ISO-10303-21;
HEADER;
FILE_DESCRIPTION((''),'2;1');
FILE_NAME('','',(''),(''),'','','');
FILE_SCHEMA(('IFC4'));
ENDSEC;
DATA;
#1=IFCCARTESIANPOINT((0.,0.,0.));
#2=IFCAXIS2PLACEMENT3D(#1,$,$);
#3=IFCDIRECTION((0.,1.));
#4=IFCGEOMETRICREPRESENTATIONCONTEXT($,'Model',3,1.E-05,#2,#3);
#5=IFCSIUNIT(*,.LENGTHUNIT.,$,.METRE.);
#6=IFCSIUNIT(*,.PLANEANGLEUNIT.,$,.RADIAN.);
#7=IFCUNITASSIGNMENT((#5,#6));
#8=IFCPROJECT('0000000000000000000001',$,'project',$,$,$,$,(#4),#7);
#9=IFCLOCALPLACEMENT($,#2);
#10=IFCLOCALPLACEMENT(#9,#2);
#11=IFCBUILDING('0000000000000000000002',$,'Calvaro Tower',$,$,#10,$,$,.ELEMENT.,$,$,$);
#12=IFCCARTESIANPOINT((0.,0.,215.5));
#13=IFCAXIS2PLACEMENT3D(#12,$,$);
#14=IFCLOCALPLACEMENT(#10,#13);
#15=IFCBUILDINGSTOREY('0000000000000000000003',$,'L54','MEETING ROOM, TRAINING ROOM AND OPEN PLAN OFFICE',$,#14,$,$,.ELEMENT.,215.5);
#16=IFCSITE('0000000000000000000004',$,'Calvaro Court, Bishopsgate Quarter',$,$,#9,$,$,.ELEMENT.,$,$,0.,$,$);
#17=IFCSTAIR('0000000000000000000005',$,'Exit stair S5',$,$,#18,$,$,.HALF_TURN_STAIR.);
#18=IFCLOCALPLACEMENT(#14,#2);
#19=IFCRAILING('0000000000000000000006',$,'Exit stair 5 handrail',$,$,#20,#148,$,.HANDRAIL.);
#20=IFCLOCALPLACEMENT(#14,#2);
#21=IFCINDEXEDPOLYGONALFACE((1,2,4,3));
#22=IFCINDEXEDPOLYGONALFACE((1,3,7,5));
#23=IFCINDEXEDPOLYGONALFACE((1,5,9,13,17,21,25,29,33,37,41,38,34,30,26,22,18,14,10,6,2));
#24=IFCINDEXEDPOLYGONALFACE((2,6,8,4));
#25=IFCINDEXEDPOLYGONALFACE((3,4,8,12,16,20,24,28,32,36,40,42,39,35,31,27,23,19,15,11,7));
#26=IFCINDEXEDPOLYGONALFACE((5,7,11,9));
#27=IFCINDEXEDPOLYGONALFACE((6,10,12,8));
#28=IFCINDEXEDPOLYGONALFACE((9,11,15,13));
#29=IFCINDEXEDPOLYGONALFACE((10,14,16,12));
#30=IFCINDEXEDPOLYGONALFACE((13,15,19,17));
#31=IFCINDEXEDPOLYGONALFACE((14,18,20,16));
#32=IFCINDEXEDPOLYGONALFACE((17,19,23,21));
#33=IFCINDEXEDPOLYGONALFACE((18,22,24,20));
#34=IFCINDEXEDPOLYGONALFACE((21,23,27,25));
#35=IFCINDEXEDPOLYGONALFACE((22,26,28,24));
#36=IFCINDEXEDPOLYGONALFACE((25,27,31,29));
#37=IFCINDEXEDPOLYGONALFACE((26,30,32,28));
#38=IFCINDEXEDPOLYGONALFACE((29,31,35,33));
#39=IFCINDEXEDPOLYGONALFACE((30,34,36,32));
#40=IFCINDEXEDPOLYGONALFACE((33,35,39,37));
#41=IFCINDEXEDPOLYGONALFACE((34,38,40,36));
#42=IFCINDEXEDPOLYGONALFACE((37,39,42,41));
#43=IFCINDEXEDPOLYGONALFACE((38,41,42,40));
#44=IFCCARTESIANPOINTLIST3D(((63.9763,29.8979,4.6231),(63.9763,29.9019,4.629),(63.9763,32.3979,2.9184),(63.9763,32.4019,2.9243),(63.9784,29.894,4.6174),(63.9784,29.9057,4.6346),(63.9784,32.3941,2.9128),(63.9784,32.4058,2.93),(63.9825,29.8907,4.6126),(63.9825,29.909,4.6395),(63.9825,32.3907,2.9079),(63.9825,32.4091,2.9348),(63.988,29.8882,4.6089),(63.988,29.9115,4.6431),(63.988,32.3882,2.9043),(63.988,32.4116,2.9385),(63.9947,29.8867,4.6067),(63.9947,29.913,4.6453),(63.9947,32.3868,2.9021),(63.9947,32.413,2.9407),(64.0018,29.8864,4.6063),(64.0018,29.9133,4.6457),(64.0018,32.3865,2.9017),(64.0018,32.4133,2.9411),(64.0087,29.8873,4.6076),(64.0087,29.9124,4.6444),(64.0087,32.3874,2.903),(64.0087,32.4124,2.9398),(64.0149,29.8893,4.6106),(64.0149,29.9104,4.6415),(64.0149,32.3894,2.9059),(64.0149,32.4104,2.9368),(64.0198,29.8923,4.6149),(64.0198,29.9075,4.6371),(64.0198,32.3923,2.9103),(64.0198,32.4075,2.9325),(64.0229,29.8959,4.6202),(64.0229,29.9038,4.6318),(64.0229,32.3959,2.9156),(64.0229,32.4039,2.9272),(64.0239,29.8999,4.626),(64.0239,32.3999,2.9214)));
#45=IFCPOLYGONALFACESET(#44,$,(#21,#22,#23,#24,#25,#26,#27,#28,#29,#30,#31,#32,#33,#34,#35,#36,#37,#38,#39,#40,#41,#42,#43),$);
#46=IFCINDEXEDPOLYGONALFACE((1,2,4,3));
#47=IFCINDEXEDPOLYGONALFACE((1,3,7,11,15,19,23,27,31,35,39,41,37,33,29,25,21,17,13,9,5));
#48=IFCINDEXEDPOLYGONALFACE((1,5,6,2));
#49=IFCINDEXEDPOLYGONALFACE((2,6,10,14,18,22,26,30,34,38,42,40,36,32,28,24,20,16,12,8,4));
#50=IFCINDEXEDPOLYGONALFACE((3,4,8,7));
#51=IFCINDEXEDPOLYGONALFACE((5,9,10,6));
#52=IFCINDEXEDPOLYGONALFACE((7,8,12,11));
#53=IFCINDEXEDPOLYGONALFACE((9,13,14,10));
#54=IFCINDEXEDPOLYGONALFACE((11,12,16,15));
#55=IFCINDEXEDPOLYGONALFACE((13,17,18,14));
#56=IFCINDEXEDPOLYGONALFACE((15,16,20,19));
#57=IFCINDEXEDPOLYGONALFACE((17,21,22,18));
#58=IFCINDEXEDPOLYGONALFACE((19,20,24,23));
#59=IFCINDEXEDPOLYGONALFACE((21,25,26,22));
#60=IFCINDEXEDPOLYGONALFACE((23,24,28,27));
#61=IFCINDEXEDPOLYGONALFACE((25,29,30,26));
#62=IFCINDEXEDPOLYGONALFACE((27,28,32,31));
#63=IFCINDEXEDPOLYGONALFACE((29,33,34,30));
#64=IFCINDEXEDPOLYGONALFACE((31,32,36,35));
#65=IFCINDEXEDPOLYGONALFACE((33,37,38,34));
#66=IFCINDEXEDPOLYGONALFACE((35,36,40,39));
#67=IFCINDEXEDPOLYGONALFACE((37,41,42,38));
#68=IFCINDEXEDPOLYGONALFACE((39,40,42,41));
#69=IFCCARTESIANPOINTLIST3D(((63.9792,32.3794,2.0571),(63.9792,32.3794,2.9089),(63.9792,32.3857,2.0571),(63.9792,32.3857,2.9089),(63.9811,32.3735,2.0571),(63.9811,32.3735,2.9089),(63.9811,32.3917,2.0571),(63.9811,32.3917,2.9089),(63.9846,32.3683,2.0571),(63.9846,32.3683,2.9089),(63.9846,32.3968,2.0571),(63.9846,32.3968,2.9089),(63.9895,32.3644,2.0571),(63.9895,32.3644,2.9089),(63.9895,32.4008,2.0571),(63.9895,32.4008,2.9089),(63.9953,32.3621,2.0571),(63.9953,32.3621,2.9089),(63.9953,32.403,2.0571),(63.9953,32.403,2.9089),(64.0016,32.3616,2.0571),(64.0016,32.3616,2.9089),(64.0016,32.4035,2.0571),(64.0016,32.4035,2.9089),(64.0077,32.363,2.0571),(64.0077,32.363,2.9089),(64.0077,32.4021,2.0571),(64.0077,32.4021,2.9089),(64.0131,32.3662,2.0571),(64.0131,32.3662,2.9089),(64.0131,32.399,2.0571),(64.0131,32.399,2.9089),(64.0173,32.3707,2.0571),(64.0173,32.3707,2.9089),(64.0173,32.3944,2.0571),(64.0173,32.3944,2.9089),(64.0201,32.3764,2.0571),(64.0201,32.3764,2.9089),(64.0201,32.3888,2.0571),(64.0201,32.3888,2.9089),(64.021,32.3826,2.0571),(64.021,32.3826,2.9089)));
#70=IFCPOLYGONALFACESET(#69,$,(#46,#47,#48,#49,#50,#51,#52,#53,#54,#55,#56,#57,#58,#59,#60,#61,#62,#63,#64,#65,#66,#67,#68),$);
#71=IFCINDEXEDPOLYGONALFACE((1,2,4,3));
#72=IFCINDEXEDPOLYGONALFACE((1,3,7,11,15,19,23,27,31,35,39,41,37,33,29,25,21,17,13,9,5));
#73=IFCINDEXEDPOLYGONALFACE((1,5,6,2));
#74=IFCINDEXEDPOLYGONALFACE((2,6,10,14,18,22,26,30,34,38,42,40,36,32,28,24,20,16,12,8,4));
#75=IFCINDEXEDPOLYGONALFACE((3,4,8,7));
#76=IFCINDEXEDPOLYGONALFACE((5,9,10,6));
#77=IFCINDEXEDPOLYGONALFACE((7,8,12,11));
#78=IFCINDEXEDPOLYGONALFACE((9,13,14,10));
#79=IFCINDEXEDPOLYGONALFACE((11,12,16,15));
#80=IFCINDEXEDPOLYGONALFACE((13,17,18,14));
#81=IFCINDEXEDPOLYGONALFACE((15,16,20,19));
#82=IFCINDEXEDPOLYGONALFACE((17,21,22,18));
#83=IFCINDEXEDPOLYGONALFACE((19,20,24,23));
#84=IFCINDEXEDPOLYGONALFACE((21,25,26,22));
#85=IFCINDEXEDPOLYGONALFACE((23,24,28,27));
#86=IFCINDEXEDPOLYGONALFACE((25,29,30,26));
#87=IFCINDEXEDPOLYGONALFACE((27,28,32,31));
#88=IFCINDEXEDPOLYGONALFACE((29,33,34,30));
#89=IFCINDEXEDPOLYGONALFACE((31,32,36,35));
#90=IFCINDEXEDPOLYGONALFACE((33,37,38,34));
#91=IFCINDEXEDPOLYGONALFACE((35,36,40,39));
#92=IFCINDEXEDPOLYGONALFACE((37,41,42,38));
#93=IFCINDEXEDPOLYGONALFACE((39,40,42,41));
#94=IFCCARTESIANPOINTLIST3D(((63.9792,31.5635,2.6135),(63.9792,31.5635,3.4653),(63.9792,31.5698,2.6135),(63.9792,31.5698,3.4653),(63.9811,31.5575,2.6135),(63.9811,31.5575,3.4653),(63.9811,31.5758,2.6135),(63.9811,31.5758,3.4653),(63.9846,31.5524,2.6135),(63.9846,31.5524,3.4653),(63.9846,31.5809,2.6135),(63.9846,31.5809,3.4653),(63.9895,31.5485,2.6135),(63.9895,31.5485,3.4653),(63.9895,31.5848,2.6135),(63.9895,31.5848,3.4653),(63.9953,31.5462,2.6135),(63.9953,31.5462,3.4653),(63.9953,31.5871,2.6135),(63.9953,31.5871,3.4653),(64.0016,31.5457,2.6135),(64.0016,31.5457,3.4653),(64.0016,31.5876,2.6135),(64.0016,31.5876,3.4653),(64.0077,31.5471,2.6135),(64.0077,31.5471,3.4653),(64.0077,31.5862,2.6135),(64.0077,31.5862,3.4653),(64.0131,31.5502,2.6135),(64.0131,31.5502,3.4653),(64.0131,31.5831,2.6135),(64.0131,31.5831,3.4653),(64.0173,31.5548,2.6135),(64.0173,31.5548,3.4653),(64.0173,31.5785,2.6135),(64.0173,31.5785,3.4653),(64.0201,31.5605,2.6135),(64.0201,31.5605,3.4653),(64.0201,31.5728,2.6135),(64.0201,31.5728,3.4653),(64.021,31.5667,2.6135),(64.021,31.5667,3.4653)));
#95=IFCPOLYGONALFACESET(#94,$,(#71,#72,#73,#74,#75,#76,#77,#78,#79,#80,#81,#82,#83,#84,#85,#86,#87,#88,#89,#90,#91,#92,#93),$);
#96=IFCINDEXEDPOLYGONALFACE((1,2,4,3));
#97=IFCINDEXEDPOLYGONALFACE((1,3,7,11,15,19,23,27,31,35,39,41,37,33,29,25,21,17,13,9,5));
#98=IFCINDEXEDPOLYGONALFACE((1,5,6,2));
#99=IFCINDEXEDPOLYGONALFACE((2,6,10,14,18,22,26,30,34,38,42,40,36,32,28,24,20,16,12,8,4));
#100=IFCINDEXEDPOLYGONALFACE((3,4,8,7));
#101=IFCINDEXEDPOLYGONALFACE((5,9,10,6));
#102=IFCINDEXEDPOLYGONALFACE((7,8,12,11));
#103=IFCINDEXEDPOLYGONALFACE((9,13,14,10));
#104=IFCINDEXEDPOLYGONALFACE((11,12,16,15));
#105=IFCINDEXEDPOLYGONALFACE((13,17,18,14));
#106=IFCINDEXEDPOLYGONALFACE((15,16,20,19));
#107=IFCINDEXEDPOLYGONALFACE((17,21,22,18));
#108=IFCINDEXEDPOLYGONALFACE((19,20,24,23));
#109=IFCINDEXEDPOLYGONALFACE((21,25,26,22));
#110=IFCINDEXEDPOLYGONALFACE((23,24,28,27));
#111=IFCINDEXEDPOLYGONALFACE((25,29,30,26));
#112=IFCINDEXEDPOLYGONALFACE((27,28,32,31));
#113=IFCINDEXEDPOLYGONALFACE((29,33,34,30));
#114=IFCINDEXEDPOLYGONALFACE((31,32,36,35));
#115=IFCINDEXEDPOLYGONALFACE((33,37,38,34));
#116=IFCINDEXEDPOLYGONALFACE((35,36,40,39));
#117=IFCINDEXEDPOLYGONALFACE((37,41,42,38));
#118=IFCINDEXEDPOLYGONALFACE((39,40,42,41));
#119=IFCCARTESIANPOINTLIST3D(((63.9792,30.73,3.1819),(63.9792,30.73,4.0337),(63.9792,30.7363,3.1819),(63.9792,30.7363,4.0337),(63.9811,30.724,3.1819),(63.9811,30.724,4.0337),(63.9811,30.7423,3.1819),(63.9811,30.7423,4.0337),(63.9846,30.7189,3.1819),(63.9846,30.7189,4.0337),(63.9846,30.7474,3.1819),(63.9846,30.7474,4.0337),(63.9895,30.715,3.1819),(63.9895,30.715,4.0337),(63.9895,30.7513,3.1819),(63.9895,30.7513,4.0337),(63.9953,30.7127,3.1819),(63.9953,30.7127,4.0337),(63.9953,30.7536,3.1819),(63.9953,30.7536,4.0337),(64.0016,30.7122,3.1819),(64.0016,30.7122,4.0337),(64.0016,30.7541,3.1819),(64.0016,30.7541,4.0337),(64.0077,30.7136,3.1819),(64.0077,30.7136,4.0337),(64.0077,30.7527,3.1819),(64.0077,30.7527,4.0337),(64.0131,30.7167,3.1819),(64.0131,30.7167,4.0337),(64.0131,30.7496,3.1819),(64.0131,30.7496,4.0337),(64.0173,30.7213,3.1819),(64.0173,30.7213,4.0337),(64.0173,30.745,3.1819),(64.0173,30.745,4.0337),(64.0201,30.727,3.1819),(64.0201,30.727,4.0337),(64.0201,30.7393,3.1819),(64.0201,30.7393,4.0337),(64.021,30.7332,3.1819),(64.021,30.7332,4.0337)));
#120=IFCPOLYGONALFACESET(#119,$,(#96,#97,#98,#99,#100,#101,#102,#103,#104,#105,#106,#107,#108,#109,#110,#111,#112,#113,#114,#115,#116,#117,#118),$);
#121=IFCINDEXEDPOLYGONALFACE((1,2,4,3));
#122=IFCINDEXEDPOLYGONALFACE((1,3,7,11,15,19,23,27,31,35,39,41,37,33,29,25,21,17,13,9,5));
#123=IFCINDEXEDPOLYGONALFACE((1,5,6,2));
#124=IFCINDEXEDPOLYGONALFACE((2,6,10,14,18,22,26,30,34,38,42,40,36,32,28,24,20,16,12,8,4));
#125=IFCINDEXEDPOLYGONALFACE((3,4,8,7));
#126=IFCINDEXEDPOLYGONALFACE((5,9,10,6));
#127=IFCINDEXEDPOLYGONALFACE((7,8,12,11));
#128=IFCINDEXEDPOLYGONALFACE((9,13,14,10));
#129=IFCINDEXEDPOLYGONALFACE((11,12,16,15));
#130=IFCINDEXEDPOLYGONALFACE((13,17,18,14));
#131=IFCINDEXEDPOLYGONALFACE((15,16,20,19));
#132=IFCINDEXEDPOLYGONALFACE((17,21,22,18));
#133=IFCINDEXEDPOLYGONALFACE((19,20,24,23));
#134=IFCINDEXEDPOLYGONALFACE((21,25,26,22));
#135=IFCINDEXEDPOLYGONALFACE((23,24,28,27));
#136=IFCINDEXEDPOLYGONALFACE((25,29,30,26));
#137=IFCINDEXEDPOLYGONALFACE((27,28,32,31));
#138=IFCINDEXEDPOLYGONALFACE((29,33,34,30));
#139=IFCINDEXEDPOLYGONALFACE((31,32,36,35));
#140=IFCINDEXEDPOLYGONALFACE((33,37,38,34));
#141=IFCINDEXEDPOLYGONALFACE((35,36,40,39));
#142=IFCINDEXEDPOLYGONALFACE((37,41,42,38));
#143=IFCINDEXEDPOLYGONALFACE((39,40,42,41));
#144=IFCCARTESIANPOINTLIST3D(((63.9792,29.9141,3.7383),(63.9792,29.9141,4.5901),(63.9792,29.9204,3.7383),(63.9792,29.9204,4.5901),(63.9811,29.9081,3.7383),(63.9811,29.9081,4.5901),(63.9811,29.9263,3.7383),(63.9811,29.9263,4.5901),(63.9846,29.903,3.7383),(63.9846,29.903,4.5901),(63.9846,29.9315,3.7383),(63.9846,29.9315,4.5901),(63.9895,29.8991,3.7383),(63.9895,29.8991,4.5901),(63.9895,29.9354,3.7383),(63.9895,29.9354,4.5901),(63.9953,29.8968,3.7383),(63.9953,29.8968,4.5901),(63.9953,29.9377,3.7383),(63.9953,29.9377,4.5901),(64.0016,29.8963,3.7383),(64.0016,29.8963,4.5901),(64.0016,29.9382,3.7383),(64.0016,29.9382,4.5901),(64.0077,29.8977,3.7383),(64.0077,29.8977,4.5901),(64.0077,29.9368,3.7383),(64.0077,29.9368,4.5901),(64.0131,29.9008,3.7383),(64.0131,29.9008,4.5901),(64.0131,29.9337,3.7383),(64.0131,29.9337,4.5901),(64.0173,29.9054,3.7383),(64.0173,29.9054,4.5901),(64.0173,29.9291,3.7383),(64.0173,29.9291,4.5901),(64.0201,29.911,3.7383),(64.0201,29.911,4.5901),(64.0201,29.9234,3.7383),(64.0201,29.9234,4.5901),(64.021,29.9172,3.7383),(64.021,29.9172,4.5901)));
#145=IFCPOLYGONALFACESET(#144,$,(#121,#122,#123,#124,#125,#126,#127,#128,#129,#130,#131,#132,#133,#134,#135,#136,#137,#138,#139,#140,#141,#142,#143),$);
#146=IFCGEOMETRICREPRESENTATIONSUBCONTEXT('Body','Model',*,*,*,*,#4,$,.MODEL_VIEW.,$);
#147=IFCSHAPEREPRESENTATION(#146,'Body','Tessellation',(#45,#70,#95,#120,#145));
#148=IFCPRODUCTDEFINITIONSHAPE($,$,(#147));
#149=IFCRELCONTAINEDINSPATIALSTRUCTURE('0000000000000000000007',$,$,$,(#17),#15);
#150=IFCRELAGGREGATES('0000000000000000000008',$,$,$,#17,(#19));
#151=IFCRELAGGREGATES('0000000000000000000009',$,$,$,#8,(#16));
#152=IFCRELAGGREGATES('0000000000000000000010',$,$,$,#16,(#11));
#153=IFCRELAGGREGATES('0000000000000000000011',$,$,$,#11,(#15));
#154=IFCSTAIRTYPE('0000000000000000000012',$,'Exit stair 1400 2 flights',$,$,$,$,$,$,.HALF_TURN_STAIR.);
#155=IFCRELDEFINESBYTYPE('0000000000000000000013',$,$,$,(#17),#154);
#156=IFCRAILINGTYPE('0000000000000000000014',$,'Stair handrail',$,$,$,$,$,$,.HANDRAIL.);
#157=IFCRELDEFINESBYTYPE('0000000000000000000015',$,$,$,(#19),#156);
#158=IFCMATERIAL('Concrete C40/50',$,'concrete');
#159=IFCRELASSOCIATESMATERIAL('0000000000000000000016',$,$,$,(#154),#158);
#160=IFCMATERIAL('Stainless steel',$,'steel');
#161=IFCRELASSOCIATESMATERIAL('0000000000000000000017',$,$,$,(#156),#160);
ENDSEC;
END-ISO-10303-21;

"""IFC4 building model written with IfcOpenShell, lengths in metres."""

from ifc_helpers import new_model, si_unit, direction, frame, origin, origin_2d, place, context, subcontext, project, spatial, circle, extrude, material, type_object, element, aggregate, save


model = new_model("IFC4")

# Units and contexts
model_context = context("Model", 3, precision=1e-05, world=origin(), true_north=direction((0.0, 1.0)))
body_context = subcontext(model_context, "Body", "Model", "MODEL_VIEW")
ifc_project = project(units=[si_unit("LENGTHUNIT", "METRE"), si_unit("PLANEANGLEUNIT", "RADIAN")], contexts=[model_context])

# Site, building, storey
site_placement = place(None, origin())
site = spatial("IfcSite", under=ifc_project, at=site_placement, Name="Calvaro Court, Bishopsgate Quarter", CompositionType="ELEMENT", RefElevation=0.0)
building_placement = place(site_placement, origin())
building = spatial("IfcBuilding", under=site, at=building_placement, Name="Calvaro Tower", CompositionType="ELEMENT")
storey_placement = place(building_placement, frame((0.0, 0.0, 215.5)))
storey = spatial("IfcBuildingStorey", under=building, at=storey_placement, Name="L54", Description="MEETING ROOM, TRAINING ROOM AND OPEN PLAN OFFICE", CompositionType="ELEMENT", Elevation=215.5)

# Stair, railing
ifc_material_1 = material(Name="Concrete C40/50", Category="concrete")
stair_type = type_object("IfcStairType", Name="Exit stair 1400 2 flights", PredefinedType="HALF_TURN_STAIR", material=ifc_material_1)
stair_placement = place(storey_placement, origin())
stair = element("IfcStair", 1, at=stair_placement, inside=storey, type_object=stair_type, Name="Exit stair S5", PredefinedType="HALF_TURN_STAIR")
ifc_material_2 = material(Name="Stainless steel", Category="steel")
railing_type = type_object("IfcRailingType", Name="Stair handrail", PredefinedType="HANDRAIL", material=ifc_material_2)
railing_placement = place(storey_placement, frame((64.0, 32.3999, 2.0454)))
railing = element("IfcRailing", 2, at=railing_placement, type_object=railing_type, Name="Exit stair 5 handrail", PredefinedType="HANDRAIL", context=body_context, shape_type="SweptSolid", body=[
    extrude(circle(Radius=0.0239, at=origin_2d()), frame((0.0, 0.0, 0.876), z_axis=(0.0, -0.826221, 0.563347), x_axis=(1.0, 0.0, 0.0)), (0.0, 0.0, 1.0), 3.0259),
    extrude(circle(Radius=0.021, at=origin_2d()), frame((0.0, -0.0173, 0.0117)), (0.0, 0.0, 1.0), 0.8518),
    extrude(circle(Radius=0.021, at=origin_2d()), frame((0.0, -0.8333, 0.5681)), (0.0, 0.0, 1.0), 0.8518),
    extrude(circle(Radius=0.021, at=origin_2d()), frame((0.0, -1.6667, 1.1365)), (0.0, 0.0, 1.0), 0.8518),
    extrude(circle(Radius=0.021, at=origin_2d()), frame((0.0, -2.4827, 1.6929)), (0.0, 0.0, 1.0), 0.8518),
])
aggregate(stair, [railing])

save(model, "model.ifc")
